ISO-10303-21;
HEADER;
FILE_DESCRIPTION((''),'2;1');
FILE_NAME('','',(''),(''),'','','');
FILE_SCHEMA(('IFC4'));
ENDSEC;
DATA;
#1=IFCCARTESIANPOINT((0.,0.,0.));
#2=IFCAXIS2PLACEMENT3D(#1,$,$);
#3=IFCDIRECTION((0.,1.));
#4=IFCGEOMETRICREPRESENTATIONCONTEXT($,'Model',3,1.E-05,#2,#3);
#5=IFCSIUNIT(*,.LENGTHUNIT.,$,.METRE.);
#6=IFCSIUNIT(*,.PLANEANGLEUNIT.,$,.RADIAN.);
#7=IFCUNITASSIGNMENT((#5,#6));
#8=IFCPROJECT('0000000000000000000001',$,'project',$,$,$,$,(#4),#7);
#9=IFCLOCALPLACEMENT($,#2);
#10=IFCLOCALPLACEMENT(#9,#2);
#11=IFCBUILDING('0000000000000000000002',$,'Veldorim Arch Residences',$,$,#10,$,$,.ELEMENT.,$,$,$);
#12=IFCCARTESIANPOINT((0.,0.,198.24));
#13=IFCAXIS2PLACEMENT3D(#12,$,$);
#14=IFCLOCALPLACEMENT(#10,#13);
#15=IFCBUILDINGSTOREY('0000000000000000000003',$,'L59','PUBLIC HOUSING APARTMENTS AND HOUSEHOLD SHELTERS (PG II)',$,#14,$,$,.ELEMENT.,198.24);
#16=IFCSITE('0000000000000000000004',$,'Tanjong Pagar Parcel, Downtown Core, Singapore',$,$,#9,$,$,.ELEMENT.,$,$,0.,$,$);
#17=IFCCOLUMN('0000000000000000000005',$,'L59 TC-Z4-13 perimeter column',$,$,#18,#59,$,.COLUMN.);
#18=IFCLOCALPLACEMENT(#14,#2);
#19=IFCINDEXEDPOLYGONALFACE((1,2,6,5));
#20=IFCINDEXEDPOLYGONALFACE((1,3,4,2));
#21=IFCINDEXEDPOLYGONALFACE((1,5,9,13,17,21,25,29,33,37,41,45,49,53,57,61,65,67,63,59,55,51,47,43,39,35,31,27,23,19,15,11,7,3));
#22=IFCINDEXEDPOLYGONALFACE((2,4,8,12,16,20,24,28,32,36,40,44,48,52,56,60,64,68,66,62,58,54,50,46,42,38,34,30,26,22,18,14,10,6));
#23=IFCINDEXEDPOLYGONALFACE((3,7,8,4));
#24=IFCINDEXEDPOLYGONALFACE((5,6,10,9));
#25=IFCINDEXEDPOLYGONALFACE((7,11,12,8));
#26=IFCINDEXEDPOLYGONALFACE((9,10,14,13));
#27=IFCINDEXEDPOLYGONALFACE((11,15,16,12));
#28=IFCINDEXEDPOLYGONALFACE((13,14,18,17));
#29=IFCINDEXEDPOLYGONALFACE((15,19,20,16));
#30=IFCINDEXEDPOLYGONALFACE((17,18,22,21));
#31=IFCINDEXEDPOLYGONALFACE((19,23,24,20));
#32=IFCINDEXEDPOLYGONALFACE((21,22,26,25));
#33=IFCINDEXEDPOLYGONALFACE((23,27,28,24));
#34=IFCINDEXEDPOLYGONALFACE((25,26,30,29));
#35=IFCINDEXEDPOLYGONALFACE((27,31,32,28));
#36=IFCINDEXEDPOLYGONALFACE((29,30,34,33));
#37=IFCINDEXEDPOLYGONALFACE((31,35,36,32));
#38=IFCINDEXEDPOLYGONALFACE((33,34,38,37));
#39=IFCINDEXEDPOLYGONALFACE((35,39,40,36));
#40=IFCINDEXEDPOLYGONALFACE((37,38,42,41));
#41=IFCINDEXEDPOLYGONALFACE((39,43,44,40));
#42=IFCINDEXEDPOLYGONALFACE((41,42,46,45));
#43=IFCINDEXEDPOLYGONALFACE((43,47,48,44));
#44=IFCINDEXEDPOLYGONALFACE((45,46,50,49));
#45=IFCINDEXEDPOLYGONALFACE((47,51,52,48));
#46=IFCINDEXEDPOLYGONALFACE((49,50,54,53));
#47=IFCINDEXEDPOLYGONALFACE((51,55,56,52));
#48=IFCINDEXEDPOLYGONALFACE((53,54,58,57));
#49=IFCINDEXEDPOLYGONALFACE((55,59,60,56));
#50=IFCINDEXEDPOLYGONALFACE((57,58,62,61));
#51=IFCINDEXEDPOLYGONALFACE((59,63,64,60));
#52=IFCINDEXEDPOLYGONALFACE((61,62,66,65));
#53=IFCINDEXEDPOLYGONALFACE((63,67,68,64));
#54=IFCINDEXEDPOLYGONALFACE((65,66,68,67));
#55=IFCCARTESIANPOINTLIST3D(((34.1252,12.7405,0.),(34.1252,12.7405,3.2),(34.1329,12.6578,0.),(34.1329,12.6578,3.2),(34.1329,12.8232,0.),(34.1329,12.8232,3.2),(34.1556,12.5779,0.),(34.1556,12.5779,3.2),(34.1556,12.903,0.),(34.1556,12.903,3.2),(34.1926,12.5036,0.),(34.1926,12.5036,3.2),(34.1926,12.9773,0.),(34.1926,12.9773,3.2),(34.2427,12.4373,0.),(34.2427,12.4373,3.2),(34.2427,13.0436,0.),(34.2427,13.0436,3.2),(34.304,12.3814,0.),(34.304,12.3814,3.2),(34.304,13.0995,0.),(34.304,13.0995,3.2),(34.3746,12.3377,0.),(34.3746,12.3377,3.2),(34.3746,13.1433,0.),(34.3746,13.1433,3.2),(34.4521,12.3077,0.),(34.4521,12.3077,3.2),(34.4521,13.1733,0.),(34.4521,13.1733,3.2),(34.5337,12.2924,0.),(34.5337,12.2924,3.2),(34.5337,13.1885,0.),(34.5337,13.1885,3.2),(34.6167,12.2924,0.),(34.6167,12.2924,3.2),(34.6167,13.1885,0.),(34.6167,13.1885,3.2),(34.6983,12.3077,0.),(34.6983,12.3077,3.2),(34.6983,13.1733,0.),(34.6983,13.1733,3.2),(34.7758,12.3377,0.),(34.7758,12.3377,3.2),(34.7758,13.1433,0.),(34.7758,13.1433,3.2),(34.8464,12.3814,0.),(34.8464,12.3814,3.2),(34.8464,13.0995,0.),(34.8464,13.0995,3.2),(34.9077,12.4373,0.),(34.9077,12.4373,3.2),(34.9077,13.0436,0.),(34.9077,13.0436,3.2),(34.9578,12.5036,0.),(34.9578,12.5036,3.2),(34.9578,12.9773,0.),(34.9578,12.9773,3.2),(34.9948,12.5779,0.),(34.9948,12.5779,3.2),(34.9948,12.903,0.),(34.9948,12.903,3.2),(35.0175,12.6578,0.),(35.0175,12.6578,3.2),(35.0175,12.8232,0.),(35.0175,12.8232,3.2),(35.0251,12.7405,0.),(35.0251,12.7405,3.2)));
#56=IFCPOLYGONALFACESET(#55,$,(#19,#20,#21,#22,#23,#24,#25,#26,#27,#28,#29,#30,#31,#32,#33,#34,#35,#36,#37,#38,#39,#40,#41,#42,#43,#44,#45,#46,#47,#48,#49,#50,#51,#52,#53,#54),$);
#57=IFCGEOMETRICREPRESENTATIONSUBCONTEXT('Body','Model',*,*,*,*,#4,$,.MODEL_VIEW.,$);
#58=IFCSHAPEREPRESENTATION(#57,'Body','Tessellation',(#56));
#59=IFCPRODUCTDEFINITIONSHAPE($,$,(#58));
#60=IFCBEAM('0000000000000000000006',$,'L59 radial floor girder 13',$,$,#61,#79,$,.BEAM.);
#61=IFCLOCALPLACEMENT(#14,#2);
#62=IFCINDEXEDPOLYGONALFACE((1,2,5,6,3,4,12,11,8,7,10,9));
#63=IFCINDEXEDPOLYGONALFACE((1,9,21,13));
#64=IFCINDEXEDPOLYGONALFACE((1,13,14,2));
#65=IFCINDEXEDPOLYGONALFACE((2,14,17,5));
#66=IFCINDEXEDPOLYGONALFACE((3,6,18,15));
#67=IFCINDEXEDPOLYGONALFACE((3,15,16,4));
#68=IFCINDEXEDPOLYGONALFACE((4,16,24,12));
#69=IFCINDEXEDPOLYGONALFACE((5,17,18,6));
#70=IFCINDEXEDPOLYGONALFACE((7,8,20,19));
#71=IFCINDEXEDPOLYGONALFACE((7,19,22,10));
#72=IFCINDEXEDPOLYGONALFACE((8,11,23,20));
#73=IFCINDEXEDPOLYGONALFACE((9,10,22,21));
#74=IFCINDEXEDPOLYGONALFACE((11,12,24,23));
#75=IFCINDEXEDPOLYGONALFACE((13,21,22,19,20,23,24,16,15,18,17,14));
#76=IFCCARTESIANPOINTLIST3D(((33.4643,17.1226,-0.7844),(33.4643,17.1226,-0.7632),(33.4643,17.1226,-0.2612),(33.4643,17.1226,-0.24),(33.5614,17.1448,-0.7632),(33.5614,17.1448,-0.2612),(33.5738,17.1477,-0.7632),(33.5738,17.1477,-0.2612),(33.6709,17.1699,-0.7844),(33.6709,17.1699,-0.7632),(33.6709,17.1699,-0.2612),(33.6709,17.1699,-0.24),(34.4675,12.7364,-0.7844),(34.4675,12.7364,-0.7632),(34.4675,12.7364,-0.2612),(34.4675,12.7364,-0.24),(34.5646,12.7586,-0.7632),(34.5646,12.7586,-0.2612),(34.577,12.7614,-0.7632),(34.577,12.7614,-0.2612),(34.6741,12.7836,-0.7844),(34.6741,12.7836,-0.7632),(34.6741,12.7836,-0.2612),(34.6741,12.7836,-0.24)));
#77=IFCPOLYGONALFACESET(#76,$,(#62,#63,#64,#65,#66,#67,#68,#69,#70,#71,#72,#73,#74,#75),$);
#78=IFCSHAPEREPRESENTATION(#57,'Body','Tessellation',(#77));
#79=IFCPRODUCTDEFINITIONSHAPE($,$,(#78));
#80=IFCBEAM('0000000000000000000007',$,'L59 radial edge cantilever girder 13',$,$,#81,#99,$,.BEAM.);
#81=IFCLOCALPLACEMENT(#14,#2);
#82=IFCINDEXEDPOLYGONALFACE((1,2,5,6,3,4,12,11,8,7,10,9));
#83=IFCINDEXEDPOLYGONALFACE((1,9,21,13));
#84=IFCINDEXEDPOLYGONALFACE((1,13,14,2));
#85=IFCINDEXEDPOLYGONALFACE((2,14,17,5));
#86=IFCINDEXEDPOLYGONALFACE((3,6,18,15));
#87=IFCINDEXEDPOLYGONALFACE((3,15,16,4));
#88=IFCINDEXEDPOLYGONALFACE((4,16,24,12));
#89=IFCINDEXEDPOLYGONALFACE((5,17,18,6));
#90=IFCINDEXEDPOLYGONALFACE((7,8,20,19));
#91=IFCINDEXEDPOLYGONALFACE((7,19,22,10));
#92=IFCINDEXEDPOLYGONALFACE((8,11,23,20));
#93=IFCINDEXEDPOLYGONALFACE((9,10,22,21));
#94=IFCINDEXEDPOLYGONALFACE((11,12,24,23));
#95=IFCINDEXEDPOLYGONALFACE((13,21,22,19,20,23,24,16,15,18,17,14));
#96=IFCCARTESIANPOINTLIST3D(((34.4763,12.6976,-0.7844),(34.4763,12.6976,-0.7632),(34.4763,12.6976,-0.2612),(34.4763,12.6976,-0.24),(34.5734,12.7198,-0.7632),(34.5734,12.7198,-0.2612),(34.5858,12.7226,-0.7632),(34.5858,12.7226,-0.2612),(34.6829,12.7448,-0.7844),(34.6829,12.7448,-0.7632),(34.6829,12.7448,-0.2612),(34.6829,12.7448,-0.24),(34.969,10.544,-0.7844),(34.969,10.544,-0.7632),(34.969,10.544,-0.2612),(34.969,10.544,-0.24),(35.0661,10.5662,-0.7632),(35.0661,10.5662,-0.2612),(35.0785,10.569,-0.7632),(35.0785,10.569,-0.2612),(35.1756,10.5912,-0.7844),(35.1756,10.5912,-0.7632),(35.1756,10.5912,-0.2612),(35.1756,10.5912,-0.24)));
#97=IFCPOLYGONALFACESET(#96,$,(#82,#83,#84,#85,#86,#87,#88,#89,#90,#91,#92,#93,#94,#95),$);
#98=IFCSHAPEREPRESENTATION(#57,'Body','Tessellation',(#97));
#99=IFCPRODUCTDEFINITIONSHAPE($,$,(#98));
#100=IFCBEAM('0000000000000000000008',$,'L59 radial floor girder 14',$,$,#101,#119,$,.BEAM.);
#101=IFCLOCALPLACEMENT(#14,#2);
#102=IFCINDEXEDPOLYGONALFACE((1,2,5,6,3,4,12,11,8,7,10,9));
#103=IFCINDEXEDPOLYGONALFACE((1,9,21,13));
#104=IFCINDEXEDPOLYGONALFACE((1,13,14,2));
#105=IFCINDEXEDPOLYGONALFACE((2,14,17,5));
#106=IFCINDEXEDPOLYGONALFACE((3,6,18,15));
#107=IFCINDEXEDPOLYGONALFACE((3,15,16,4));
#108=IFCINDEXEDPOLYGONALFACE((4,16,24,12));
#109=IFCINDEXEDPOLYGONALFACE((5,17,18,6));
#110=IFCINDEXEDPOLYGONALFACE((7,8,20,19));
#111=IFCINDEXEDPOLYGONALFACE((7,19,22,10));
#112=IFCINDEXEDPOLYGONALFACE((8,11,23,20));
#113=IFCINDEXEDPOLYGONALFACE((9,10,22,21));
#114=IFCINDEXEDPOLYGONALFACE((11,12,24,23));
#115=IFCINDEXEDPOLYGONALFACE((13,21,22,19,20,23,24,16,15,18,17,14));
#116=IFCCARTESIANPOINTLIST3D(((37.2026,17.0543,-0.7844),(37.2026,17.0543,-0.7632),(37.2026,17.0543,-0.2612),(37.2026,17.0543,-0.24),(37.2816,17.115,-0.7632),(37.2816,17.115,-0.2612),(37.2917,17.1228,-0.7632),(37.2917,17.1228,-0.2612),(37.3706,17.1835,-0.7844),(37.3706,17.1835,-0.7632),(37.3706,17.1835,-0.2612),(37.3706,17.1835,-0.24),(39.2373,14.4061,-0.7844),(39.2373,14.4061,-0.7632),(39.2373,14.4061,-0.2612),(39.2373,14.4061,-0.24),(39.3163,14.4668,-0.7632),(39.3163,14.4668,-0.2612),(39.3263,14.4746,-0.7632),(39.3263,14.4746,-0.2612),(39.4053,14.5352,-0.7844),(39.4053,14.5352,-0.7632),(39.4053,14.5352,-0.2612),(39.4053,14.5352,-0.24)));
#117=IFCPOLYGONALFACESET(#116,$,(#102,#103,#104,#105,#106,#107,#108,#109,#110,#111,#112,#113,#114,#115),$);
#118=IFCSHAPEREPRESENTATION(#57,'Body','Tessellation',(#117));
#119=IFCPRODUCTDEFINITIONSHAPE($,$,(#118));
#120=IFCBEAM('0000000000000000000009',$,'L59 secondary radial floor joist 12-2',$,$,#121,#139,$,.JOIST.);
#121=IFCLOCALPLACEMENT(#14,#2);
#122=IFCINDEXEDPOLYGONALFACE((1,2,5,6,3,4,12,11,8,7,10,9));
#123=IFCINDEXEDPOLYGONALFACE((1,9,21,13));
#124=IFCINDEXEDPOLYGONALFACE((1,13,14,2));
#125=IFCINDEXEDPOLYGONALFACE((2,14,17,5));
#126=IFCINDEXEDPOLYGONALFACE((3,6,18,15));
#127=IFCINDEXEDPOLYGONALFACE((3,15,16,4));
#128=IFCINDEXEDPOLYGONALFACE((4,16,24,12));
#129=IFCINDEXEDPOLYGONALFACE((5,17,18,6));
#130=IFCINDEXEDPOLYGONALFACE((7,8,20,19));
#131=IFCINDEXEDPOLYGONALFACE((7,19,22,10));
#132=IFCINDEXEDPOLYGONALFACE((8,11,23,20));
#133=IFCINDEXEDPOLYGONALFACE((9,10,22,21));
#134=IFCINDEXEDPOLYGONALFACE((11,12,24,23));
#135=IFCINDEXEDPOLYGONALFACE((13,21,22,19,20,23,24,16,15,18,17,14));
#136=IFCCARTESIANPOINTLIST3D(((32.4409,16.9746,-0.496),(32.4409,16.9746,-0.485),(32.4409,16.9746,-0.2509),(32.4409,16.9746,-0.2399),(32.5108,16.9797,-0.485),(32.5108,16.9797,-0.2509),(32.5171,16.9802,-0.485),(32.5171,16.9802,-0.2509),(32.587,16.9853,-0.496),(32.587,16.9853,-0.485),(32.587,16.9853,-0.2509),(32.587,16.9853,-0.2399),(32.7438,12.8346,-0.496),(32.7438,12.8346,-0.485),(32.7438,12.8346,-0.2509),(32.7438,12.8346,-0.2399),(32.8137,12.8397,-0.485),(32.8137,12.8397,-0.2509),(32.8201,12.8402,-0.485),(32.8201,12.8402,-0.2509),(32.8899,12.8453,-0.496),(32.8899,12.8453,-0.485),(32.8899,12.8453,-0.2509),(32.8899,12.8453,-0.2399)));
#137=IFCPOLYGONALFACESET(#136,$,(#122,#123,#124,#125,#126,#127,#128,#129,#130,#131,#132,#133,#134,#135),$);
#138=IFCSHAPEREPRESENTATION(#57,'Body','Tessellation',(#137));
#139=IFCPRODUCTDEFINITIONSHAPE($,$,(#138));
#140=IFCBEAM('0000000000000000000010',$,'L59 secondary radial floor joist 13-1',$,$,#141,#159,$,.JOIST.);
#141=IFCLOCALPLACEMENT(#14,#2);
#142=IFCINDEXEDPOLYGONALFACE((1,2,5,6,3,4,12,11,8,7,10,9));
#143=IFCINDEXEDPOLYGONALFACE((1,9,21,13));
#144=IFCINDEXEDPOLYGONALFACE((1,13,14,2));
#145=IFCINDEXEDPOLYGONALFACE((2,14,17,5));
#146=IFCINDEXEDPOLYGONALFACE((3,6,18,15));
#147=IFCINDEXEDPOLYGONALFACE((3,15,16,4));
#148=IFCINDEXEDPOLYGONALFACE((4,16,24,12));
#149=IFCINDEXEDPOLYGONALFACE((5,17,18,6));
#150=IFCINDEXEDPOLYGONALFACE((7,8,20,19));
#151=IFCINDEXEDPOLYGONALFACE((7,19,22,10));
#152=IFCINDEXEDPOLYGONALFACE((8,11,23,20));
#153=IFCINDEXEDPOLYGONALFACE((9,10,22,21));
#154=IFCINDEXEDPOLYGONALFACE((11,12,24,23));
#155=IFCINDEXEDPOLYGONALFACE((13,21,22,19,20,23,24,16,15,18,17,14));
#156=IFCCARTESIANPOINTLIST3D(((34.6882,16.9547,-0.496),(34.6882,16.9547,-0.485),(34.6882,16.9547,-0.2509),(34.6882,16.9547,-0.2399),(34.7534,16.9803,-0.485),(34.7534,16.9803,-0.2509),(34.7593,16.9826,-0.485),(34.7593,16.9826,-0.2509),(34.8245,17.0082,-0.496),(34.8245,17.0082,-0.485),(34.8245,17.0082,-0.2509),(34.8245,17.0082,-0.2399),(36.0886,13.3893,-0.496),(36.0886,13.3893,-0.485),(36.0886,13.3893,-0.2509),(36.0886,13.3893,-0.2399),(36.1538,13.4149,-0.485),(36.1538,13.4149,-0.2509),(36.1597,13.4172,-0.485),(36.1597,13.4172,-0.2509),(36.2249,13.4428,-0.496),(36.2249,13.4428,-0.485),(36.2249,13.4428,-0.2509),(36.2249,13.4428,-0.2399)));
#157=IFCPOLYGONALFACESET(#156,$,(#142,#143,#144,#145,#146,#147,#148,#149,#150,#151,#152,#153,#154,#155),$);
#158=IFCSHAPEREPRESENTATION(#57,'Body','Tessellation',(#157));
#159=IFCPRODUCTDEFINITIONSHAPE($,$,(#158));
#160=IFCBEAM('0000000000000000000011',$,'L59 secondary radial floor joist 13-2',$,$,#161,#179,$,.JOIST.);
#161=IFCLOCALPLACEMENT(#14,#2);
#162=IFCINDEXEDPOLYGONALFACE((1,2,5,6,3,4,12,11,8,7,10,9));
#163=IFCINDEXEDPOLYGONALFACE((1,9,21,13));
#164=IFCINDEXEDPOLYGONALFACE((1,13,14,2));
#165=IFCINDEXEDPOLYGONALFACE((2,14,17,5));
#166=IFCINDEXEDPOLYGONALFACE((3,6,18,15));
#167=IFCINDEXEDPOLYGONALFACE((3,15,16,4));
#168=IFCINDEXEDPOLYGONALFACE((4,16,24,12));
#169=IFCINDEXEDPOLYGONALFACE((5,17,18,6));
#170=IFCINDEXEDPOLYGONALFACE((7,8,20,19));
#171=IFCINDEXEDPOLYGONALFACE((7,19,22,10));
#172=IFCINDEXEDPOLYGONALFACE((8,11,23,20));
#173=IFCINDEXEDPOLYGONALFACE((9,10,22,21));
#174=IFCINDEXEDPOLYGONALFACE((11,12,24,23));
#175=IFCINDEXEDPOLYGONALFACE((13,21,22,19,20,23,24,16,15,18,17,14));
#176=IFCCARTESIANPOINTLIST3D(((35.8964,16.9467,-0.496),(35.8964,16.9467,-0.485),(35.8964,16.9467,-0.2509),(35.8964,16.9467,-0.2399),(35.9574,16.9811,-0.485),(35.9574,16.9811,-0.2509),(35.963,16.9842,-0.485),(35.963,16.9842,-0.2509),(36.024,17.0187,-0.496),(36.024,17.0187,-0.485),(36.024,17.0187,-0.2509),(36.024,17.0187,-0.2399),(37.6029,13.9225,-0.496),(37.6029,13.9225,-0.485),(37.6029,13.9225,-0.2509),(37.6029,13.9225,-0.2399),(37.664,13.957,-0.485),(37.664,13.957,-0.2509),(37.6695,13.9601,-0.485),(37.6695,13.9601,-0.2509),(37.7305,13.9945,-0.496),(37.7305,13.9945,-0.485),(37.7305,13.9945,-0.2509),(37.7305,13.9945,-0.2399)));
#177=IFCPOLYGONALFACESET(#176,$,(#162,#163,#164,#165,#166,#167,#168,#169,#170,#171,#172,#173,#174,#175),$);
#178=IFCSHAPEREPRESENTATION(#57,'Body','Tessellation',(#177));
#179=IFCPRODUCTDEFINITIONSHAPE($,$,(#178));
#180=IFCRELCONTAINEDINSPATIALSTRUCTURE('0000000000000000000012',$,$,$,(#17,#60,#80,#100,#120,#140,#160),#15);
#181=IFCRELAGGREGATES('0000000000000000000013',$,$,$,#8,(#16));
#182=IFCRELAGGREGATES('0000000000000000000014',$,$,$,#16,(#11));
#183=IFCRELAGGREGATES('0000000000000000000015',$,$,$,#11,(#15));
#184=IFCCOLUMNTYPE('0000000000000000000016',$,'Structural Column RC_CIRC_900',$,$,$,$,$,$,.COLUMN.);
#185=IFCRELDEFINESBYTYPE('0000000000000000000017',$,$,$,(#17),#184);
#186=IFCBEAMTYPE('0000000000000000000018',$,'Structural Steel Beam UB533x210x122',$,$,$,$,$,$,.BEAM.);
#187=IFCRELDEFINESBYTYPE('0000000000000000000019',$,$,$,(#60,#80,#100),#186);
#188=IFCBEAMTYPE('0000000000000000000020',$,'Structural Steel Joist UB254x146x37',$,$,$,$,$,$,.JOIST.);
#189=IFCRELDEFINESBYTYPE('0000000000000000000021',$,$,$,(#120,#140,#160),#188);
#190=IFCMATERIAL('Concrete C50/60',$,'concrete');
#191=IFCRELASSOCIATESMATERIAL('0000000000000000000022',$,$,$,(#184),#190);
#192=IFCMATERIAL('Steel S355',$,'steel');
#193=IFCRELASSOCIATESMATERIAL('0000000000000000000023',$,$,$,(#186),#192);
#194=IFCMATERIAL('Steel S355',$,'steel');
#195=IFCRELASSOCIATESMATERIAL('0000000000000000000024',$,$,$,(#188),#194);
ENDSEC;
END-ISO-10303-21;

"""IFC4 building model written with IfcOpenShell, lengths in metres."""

from ifc_helpers import new_model, si_unit, direction, frame, origin, origin_2d, place, context, subcontext, project, spatial, circle, i_section, extrude, material, material_profile, profile_set, type_object, element, save


model = new_model("IFC4")

# Units and contexts
model_context = context("Model", 3, precision=1e-05, world=origin(), true_north=direction((0.0, 1.0)))
body_context = subcontext(model_context, "Body", "Model", "MODEL_VIEW")
ifc_project = project(units=[si_unit("LENGTHUNIT", "METRE"), si_unit("PLANEANGLEUNIT", "RADIAN")], contexts=[model_context])

# Site, building, storey
site_placement = place(None, origin())
site = spatial("IfcSite", under=ifc_project, at=site_placement, Name="Tanjong Pagar Parcel, Downtown Core, Singapore", CompositionType="ELEMENT", RefElevation=0.0)
building_placement = place(site_placement, origin())
building = spatial("IfcBuilding", under=site, at=building_placement, Name="Veldorim Arch Residences", CompositionType="ELEMENT")
storey_placement = place(building_placement, frame((0.0, 0.0, 198.24)))
storey = spatial("IfcBuildingStorey", under=building, at=storey_placement, Name="L59", Description="PUBLIC HOUSING APARTMENTS AND HOUSEHOLD SHELTERS (PG II)", CompositionType="ELEMENT", Elevation=198.24)

# Column
ifc_material_1 = material(Name="Concrete C50/60", Category="concrete")
ifc_material_profile_1 = material_profile(ifc_material_1, circle(Radius=0.45, at=origin_2d()), Name="RC_CIRC_900")
ifc_profile_set_1 = profile_set([ifc_material_profile_1], Name="Concrete C50/60")
column_type = type_object("IfcColumnType", Name="Structural Column RC_CIRC_900", PredefinedType="COLUMN", material=ifc_profile_set_1)
column_placement = place(storey_placement, frame((34.5752, 12.7405, 0.0), z_axis=(0.0, 0.0, 1.0), x_axis=(1.0, 0.0, 0.0)))
element("IfcColumn", 1, at=column_placement, inside=storey, type_object=column_type, Name="L59 TC-Z4-13 perimeter column", PredefinedType="COLUMN", context=body_context, shape_type="SweptSolid", body=[
    extrude(circle(Radius=0.45, at=origin_2d()), origin(), (0.0, 0.0, 1.0), 3.2),
])

# Beams
ifc_material_2 = material(Name="Steel S355", Category="steel")
ifc_material_profile_2 = material_profile(ifc_material_2, i_section(OverallWidth=0.2119, OverallDepth=0.5444, WebThickness=0.0127, FlangeThickness=0.0212, at=origin_2d()), Name="UB533x210x122")
ifc_profile_set_2 = profile_set([ifc_material_profile_2], Name="Steel S355")
beam_type_1 = type_object("IfcBeamType", Name="Structural Steel Beam UB533x210x122", PredefinedType="BEAM", material=ifc_profile_set_2)
beam_1_placement = place(storey_placement, frame((33.5676, 17.1462, -0.5122), z_axis=(0.222953, -0.974829, 0.0), x_axis=(0.974829, 0.222953, 0.0)))
element("IfcBeam", 2, at=beam_1_placement, inside=storey, type_object=beam_type_1, Name="L59 radial floor girder 13", PredefinedType="BEAM", context=body_context, shape_type="SweptSolid", body=[
    extrude(i_section(OverallWidth=0.2119, OverallDepth=0.5444, WebThickness=0.0127, FlangeThickness=0.0212, at=origin_2d()), origin(), (0.0, 0.0, 1.0), 4.4995),
])
beam_2_placement = place(storey_placement, frame((34.5796, 12.7212, -0.5122), z_axis=(0.223011, -0.974816, 0.0), x_axis=(0.974816, 0.223011, 0.0)))
element("IfcBeam", 3, at=beam_2_placement, inside=storey, type_object=beam_type_1, Name="L59 radial edge cantilever girder 13", PredefinedType="BEAM", context=body_context, shape_type="SweptSolid", body=[
    extrude(i_section(OverallWidth=0.2119, OverallDepth=0.5444, WebThickness=0.0127, FlangeThickness=0.0212, at=origin_2d()), origin(), (0.0, 0.0, 1.0), 2.2092),
])
beam_3_placement = place(storey_placement, frame((37.2866, 17.1189, -0.5122), z_axis=(0.609258, -0.792972, 0.0), x_axis=(0.792972, 0.609258, 0.0)))
element("IfcBeam", 4, at=beam_3_placement, inside=storey, type_object=beam_type_1, Name="L59 radial floor girder 14", PredefinedType="BEAM", context=body_context, shape_type="SweptSolid", body=[
    extrude(i_section(OverallWidth=0.2119, OverallDepth=0.5444, WebThickness=0.0127, FlangeThickness=0.0212, at=origin_2d()), origin(), (0.0, 0.0, 1.0), 3.3396),
])
ifc_material_3 = material(Name="Steel S355", Category="steel")
ifc_material_profile_3 = material_profile(ifc_material_3, i_section(OverallWidth=0.1465, OverallDepth=0.2561, WebThickness=0.0063, FlangeThickness=0.011, at=origin_2d()), Name="UB254x146x37")
ifc_profile_set_3 = profile_set([ifc_material_profile_3], Name="Steel S355")
beam_type_2 = type_object("IfcBeamType", Name="Structural Steel Joist UB254x146x37", PredefinedType="JOIST", material=ifc_profile_set_3)
beam_4_placement = place(storey_placement, frame((32.5139, 16.98, -0.3679), z_axis=(0.072986, -0.997333, 0.0), x_axis=(0.997333, 0.072986, 0.0)))
element("IfcBeam", 5, at=beam_4_placement, inside=storey, type_object=beam_type_2, Name="L59 secondary radial floor joist 12-2", PredefinedType="JOIST", context=body_context, shape_type="SweptSolid", body=[
    extrude(i_section(OverallWidth=0.1465, OverallDepth=0.2561, WebThickness=0.0063, FlangeThickness=0.011, at=origin_2d()), origin(), (0.0, 0.0, 1.0), 4.1511),
])
beam_5_placement = place(storey_placement, frame((34.7563, 16.9814, -0.3679), z_axis=(0.365581, -0.930779, 0.0), x_axis=(0.930779, 0.365581, 0.0)))
element("IfcBeam", 6, at=beam_5_placement, inside=storey, type_object=beam_type_2, Name="L59 secondary radial floor joist 13-1", PredefinedType="JOIST", context=body_context, shape_type="SweptSolid", body=[
    extrude(i_section(OverallWidth=0.1465, OverallDepth=0.2561, WebThickness=0.0063, FlangeThickness=0.011, at=origin_2d()), origin(), (0.0, 0.0, 1.0), 3.8306),
])
beam_6_placement = place(storey_placement, frame((35.9602, 16.9827, -0.3679), z_axis=(0.491452, -0.870904, 0.0), x_axis=(0.870904, 0.491452, 0.0)))
element("IfcBeam", 7, at=beam_6_placement, inside=storey, type_object=beam_type_2, Name="L59 secondary radial floor joist 13-2", PredefinedType="JOIST", context=body_context, shape_type="SweptSolid", body=[
    extrude(i_section(OverallWidth=0.1465, OverallDepth=0.2561, WebThickness=0.0063, FlangeThickness=0.011, at=origin_2d()), origin(), (0.0, 0.0, 1.0), 3.4724),
])

save(model, "model.ifc")
